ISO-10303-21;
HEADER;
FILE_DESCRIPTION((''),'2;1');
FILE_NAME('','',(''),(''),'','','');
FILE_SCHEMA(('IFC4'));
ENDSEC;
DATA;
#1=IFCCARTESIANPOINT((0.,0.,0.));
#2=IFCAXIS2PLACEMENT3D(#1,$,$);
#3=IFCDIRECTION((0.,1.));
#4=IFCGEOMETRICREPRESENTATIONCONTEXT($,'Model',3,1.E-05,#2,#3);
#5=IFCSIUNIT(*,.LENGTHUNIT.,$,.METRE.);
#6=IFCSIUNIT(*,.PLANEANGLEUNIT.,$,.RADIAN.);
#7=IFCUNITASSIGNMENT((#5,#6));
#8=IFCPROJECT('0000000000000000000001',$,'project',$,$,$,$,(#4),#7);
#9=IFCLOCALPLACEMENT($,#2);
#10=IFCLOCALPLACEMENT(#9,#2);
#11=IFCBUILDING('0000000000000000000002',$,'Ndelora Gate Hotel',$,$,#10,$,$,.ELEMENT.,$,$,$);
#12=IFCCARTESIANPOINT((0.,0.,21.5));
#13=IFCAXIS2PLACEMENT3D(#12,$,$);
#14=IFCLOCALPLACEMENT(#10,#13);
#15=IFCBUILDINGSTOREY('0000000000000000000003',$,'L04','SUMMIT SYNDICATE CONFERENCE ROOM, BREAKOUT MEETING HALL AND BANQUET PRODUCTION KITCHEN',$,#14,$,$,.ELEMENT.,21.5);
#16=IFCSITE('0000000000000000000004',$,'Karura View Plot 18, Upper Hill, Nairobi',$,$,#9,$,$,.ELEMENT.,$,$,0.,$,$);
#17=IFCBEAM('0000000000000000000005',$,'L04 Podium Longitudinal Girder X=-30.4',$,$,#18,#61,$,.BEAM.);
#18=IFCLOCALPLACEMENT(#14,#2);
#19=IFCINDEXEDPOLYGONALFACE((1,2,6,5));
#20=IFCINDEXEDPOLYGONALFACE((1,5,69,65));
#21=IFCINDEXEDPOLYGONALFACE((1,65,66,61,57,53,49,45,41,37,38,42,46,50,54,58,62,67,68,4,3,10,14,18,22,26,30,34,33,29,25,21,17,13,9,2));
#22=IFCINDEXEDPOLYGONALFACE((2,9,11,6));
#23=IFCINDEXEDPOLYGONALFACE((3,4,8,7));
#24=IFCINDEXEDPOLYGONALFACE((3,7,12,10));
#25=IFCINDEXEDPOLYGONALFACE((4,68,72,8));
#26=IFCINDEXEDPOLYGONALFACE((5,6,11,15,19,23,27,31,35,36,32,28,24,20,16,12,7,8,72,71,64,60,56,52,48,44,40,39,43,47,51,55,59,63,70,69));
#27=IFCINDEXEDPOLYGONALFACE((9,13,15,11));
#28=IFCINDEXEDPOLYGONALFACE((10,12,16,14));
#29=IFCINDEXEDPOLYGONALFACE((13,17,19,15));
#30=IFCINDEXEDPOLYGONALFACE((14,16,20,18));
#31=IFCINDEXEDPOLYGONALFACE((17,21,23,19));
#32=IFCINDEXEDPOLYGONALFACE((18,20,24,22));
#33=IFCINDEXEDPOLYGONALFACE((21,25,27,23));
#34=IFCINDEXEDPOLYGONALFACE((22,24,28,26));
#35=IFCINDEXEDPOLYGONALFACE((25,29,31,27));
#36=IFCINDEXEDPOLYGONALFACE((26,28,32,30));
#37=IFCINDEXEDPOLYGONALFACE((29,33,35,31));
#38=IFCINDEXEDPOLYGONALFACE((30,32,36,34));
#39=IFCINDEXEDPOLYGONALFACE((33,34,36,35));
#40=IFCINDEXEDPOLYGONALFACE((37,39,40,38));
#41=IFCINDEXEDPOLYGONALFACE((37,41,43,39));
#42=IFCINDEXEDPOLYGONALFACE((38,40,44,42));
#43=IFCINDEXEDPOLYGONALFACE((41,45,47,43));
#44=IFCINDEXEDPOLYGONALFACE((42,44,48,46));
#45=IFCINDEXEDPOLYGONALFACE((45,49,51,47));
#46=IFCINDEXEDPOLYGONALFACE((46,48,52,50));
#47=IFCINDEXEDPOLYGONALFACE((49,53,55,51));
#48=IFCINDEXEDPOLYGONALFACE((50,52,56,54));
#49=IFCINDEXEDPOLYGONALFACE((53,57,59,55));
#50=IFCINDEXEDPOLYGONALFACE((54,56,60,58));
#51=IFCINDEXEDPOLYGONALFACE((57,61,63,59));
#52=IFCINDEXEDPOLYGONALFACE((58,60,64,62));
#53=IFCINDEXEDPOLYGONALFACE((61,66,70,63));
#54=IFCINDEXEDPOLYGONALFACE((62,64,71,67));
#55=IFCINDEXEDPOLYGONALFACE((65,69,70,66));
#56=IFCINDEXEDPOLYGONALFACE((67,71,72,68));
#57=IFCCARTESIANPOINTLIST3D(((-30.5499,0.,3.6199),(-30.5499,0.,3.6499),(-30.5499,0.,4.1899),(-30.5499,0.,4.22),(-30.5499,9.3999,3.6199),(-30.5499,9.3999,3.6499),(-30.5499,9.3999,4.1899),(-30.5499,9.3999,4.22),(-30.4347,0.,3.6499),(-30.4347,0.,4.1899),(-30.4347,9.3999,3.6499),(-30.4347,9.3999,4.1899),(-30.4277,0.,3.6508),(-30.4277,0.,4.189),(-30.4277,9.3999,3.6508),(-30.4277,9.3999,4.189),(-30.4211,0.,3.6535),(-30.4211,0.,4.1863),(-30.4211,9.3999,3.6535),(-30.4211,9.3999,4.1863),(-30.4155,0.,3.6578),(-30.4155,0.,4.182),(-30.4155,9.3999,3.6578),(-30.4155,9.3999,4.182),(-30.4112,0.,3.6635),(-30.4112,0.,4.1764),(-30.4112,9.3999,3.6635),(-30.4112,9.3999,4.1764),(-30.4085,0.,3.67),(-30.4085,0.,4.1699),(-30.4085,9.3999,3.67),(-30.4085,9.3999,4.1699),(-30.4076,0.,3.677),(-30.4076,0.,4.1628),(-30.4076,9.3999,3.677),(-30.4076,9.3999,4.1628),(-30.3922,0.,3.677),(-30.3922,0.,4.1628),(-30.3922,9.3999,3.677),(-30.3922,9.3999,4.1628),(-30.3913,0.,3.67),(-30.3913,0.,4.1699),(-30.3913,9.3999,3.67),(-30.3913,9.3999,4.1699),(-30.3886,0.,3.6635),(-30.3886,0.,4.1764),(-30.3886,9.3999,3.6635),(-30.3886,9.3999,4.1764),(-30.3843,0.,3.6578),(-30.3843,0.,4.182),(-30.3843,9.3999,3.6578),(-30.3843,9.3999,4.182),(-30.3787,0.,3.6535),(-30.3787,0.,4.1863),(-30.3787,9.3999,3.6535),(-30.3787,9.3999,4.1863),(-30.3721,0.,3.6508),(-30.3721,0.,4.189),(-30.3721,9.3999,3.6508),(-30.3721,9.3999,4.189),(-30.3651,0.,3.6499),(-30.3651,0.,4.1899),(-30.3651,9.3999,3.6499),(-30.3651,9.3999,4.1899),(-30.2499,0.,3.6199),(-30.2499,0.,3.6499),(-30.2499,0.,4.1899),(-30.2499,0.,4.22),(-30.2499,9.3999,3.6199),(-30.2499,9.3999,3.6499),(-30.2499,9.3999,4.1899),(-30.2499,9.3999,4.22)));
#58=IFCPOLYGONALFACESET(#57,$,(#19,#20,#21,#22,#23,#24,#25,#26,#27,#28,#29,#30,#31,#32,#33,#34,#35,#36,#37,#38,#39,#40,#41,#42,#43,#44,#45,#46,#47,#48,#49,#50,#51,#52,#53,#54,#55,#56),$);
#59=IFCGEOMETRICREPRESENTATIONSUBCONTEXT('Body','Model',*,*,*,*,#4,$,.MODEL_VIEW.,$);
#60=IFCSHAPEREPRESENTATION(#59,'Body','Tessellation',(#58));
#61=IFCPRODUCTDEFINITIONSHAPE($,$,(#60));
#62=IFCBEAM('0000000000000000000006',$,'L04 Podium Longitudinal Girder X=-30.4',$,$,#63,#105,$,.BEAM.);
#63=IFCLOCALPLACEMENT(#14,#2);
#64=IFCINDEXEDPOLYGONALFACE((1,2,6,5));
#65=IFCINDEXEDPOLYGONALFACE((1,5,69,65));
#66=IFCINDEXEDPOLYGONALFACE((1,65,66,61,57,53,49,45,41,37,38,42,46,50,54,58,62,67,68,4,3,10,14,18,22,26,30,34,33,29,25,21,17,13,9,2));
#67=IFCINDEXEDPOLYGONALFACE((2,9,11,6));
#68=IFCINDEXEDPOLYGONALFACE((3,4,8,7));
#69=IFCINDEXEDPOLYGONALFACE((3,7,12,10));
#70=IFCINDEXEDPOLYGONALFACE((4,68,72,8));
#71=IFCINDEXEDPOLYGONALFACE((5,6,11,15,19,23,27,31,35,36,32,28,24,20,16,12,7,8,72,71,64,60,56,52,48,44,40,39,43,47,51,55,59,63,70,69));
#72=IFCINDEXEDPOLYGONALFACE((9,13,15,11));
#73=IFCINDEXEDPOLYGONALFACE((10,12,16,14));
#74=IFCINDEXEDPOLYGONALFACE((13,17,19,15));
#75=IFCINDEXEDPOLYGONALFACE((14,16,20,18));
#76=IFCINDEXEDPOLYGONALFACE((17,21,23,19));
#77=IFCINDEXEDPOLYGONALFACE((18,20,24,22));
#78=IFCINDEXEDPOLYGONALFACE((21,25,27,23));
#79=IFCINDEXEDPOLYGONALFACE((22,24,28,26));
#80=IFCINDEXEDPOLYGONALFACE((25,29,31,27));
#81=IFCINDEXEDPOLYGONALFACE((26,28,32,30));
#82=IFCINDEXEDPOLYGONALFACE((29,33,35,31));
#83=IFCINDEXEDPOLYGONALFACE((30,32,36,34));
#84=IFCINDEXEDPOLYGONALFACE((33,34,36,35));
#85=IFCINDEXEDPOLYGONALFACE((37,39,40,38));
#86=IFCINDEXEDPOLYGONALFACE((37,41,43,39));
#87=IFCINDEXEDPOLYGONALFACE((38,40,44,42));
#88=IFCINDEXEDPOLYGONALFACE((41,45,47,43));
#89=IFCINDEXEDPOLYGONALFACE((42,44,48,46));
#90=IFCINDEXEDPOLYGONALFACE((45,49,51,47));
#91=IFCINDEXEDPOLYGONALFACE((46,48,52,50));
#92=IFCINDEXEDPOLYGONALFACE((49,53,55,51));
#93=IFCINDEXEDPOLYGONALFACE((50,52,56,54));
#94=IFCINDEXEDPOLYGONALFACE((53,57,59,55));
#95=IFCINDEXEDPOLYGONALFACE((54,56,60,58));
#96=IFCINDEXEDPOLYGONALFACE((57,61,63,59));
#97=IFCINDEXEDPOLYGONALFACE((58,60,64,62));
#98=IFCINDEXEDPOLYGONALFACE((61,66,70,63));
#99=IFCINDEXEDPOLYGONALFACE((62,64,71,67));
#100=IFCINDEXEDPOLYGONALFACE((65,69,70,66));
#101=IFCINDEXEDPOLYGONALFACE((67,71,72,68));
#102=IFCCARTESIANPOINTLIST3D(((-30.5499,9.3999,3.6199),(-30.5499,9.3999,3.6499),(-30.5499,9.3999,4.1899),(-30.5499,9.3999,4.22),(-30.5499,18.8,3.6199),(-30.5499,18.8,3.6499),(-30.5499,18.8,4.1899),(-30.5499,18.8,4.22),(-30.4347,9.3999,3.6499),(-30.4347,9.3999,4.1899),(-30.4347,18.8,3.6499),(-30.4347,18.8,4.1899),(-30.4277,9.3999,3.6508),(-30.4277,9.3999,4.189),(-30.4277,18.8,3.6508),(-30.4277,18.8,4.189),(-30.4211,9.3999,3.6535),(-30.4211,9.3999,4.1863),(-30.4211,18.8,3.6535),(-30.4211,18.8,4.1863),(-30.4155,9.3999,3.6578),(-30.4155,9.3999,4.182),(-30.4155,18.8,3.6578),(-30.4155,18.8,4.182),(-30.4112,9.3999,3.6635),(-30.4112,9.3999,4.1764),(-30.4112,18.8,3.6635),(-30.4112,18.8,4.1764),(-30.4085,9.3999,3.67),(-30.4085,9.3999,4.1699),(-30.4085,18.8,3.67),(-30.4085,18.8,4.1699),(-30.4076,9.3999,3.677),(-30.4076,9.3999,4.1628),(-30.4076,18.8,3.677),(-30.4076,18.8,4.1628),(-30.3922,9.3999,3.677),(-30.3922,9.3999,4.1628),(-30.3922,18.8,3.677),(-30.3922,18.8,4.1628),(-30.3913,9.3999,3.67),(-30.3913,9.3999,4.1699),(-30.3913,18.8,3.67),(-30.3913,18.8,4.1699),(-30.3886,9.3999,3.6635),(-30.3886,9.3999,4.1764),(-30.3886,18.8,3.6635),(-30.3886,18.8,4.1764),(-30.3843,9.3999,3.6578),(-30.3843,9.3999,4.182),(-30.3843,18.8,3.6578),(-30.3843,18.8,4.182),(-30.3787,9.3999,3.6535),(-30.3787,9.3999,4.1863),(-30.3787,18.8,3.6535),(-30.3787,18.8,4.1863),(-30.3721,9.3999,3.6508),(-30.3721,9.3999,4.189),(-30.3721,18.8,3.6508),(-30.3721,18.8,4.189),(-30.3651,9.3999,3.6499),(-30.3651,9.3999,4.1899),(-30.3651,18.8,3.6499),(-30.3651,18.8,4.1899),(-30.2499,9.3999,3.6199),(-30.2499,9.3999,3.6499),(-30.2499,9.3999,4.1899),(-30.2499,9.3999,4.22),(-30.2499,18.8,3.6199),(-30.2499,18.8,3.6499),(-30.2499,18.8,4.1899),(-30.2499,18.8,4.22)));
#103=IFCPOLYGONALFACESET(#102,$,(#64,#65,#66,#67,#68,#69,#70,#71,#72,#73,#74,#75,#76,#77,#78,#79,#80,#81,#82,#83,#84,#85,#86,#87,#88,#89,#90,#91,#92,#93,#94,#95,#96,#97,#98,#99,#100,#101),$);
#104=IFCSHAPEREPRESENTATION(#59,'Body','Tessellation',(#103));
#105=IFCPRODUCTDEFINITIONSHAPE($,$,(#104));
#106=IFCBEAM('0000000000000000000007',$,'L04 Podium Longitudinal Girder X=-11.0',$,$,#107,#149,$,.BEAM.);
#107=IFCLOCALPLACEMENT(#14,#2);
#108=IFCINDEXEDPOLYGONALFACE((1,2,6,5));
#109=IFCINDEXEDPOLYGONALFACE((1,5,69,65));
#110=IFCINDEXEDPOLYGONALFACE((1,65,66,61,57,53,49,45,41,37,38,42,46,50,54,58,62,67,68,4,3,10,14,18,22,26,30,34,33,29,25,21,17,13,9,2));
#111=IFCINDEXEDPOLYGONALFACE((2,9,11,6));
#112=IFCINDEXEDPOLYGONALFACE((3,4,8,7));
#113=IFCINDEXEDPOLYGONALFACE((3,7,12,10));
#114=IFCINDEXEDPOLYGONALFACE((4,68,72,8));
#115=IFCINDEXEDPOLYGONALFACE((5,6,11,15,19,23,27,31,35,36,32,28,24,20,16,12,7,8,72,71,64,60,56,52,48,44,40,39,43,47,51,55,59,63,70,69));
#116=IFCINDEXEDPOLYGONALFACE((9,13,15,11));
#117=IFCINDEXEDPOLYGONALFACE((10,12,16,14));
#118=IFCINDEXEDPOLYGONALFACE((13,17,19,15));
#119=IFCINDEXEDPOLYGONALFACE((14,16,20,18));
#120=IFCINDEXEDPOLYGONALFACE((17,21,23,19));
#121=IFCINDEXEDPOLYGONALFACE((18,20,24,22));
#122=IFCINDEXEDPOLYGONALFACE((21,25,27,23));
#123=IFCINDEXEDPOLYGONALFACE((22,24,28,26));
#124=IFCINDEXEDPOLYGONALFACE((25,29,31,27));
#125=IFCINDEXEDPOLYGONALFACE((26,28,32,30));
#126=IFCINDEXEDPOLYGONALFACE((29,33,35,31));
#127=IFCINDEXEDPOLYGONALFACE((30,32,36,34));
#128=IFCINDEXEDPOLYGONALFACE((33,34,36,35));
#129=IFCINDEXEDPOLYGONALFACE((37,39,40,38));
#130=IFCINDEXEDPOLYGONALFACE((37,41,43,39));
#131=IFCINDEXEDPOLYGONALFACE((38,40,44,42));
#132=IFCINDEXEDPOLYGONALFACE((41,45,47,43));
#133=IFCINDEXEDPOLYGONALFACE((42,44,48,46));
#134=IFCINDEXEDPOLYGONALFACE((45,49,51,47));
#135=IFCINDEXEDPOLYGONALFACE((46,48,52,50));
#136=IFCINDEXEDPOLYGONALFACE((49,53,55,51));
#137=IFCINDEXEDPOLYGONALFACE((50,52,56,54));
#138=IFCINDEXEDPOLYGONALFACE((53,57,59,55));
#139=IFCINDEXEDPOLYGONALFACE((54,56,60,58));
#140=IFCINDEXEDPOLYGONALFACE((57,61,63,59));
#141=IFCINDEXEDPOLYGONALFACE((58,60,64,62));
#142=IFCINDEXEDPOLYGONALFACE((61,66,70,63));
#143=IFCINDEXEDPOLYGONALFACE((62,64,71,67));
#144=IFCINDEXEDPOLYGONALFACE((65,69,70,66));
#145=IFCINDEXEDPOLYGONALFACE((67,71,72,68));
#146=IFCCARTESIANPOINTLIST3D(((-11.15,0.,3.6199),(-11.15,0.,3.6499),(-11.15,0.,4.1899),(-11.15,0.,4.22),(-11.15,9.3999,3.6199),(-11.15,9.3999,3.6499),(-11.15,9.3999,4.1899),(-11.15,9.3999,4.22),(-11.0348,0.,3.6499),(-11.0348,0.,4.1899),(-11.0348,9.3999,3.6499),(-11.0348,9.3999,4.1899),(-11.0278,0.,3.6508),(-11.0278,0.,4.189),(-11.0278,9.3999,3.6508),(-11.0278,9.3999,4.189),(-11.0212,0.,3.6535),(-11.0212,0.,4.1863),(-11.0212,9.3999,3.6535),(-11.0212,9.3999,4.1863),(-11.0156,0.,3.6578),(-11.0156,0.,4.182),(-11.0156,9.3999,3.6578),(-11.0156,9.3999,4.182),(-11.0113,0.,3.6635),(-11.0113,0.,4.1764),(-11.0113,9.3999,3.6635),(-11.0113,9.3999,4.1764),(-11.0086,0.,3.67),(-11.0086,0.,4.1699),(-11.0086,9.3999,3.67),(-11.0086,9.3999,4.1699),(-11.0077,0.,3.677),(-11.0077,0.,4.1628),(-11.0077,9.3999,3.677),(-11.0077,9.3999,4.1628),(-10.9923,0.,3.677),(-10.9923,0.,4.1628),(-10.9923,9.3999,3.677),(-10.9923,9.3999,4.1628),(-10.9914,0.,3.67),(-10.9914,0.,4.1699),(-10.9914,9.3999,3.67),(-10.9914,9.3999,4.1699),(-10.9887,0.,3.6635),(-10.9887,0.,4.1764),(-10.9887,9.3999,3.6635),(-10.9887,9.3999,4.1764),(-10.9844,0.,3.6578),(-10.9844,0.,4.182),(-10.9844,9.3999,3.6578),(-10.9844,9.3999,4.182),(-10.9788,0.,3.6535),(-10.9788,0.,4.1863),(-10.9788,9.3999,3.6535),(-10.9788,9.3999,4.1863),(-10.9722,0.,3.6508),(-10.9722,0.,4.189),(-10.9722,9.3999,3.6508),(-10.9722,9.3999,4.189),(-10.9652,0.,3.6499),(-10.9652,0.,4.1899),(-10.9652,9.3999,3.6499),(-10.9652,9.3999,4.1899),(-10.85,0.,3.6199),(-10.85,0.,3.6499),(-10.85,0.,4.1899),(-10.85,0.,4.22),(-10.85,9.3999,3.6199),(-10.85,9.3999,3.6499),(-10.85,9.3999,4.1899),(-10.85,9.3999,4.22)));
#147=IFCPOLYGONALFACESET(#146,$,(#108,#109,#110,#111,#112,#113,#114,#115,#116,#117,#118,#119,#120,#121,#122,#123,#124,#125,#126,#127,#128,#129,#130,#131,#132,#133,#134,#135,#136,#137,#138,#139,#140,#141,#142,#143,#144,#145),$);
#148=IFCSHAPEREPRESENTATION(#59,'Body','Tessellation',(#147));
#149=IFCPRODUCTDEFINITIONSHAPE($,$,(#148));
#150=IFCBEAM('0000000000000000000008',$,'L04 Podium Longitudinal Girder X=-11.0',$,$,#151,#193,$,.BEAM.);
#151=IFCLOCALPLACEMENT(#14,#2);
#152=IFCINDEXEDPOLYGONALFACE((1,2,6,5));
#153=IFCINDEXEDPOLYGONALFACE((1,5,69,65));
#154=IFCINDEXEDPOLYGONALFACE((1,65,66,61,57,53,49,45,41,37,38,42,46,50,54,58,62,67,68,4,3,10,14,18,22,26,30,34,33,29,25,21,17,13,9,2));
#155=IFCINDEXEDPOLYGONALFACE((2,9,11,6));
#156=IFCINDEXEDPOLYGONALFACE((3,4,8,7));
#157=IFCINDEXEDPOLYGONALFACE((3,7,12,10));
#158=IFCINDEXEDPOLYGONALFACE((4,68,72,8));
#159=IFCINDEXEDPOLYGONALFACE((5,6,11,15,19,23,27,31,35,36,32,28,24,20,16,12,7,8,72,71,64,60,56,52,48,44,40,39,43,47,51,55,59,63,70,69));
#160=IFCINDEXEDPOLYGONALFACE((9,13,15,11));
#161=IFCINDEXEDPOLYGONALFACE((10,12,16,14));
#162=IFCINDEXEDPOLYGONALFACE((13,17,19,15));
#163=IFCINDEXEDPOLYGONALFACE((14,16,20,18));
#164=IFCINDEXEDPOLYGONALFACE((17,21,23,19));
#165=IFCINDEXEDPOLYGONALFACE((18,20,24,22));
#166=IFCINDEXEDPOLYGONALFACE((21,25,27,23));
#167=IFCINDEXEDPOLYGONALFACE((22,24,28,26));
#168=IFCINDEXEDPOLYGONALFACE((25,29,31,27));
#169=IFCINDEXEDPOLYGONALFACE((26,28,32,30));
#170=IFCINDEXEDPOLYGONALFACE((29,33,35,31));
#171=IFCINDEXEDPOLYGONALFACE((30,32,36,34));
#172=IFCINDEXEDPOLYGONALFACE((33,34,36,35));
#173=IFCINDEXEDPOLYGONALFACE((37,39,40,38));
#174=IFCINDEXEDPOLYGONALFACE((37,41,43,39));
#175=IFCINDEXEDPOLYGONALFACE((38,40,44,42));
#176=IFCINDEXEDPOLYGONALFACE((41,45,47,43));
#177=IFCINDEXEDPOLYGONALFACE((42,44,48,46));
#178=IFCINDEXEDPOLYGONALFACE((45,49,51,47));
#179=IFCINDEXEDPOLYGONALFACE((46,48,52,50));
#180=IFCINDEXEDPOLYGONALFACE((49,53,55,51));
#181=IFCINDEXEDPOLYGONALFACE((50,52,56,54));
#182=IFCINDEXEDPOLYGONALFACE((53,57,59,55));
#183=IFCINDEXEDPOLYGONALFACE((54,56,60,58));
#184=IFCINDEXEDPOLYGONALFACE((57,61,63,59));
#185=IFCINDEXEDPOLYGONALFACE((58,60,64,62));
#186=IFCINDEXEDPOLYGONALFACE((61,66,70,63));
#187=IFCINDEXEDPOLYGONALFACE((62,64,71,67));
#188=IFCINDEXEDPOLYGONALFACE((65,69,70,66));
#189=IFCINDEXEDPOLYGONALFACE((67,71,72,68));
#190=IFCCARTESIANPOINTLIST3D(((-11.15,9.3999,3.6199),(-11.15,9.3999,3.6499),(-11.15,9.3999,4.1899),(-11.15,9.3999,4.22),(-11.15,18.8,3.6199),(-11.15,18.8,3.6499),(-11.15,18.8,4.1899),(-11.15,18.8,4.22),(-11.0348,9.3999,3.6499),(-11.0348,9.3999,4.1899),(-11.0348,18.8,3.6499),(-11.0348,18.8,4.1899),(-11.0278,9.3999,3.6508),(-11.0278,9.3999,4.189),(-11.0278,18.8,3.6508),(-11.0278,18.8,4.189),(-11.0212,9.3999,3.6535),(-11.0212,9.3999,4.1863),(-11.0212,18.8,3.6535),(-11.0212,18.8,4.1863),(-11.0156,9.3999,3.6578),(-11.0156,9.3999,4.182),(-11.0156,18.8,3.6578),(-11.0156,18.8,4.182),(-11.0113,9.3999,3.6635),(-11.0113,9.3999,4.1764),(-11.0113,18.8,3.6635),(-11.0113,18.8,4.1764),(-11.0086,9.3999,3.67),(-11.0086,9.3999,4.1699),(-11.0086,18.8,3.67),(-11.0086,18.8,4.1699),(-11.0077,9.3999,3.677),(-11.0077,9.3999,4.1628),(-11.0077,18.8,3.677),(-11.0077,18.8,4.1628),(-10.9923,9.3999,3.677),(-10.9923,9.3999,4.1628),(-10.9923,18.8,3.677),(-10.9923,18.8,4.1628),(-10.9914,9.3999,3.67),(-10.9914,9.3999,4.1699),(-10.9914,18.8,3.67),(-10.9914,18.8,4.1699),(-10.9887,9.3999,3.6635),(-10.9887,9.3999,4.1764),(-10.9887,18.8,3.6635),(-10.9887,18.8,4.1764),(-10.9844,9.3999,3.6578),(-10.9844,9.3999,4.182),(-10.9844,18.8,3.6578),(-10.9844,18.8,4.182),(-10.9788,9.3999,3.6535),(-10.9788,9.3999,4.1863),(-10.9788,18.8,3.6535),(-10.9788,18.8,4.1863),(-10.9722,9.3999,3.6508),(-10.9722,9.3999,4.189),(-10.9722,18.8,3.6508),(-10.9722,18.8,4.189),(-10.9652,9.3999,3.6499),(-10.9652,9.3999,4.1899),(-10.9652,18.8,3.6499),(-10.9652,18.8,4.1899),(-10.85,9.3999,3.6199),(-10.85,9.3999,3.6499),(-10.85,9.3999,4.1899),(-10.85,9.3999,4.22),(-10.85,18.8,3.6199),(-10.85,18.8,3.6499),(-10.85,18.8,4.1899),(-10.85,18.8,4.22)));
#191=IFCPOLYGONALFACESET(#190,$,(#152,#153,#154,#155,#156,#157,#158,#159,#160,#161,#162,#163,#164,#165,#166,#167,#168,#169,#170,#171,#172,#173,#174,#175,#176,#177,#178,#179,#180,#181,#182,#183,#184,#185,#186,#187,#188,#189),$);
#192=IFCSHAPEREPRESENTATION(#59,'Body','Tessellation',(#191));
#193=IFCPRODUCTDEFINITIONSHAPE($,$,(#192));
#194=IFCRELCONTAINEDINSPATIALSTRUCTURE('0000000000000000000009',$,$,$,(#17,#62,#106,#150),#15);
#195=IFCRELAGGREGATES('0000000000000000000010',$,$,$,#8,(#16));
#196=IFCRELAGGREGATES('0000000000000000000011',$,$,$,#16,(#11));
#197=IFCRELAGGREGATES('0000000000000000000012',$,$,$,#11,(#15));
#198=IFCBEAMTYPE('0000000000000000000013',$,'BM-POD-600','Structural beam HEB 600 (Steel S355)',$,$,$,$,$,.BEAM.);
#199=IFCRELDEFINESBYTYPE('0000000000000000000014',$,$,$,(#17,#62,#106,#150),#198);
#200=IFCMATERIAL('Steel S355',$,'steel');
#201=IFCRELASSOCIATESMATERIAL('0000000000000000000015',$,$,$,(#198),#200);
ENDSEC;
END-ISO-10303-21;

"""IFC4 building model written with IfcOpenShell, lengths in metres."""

from ifc_helpers import new_model, si_unit, direction, frame, origin, origin_2d, place, context, subcontext, project, spatial, i_section, extrude, material, material_profile, profile_set, type_object, element, save


model = new_model("IFC4")

# Units and contexts
model_context = context("Model", 3, precision=1e-05, world=origin(), true_north=direction((0.0, 1.0)))
body_context = subcontext(model_context, "Body", "Model", "MODEL_VIEW")
ifc_project = project(units=[si_unit("LENGTHUNIT", "METRE"), si_unit("PLANEANGLEUNIT", "RADIAN")], contexts=[model_context])

# Site, building, storey
site_placement = place(None, origin())
site = spatial("IfcSite", under=ifc_project, at=site_placement, Name="Karura View Plot 18, Upper Hill, Nairobi", CompositionType="ELEMENT", RefElevation=0.0)
building_placement = place(site_placement, origin())
building = spatial("IfcBuilding", under=site, at=building_placement, Name="Ndelora Gate Hotel", CompositionType="ELEMENT")
storey_placement = place(building_placement, frame((0.0, 0.0, 21.5)))
storey = spatial("IfcBuildingStorey", under=building, at=storey_placement, Name="L04", Description="SUMMIT SYNDICATE CONFERENCE ROOM, BREAKOUT MEETING HALL AND BANQUET PRODUCTION KITCHEN", CompositionType="ELEMENT", Elevation=21.5)

# Beams
ifc_material_1 = material(Name="Steel S355", Category="steel")
ifc_material_profile_1 = material_profile(ifc_material_1, i_section(OverallWidth=0.3, OverallDepth=0.6001, WebThickness=0.0154, FlangeThickness=0.03, FilletRadius=0.0271, at=origin_2d()), Name="HEB 600")
ifc_profile_set_1 = profile_set([ifc_material_profile_1], Name="Steel S355")
beam_type_1 = type_object("IfcBeamType", Name="BM-POD-600", Description="Structural beam HEB 600 (Steel S355)", PredefinedType="BEAM", material=ifc_profile_set_1)
beam_1_placement = place(storey_placement, frame((-30.3999, 0.0, 3.9199), z_axis=(0.0, 1.0, 0.0), x_axis=(-1.0, 0.0, 0.0)))
element("IfcBeam", 1, at=beam_1_placement, inside=storey, type_object=beam_type_1, Name="L04 Podium Longitudinal Girder X=-30.4", PredefinedType="BEAM", context=body_context, shape_type="SweptSolid", body=[
    extrude(i_section(OverallWidth=0.3, OverallDepth=0.6001, WebThickness=0.0154, FlangeThickness=0.03, FilletRadius=0.0271, at=origin_2d()), origin(), (0.0, 0.0, 1.0), 9.3999),
])
beam_2_placement = place(storey_placement, frame((-30.3999, 9.3999, 3.9199), z_axis=(0.0, 1.0, 0.0), x_axis=(-1.0, 0.0, 0.0)))
element("IfcBeam", 2, at=beam_2_placement, inside=storey, type_object=beam_type_1, Name="L04 Podium Longitudinal Girder X=-30.4", PredefinedType="BEAM", context=body_context, shape_type="SweptSolid", body=[
    extrude(i_section(OverallWidth=0.3, OverallDepth=0.6001, WebThickness=0.0154, FlangeThickness=0.03, FilletRadius=0.0271, at=origin_2d()), origin(), (0.0, 0.0, 1.0), 9.4001),
])
beam_3_placement = place(storey_placement, frame((-11.0, 0.0, 3.9199), z_axis=(0.0, 1.0, 0.0), x_axis=(-1.0, 0.0, 0.0)))
element("IfcBeam", 3, at=beam_3_placement, inside=storey, type_object=beam_type_1, Name="L04 Podium Longitudinal Girder X=-11.0", PredefinedType="BEAM", context=body_context, shape_type="SweptSolid", body=[
    extrude(i_section(OverallWidth=0.3, OverallDepth=0.6001, WebThickness=0.0154, FlangeThickness=0.03, FilletRadius=0.0271, at=origin_2d()), origin(), (0.0, 0.0, 1.0), 9.3999),
])
beam_4_placement = place(storey_placement, frame((-11.0, 9.3999, 3.9199), z_axis=(0.0, 1.0, 0.0), x_axis=(-1.0, 0.0, 0.0)))
element("IfcBeam", 4, at=beam_4_placement, inside=storey, type_object=beam_type_1, Name="L04 Podium Longitudinal Girder X=-11.0", PredefinedType="BEAM", context=body_context, shape_type="SweptSolid", body=[
    extrude(i_section(OverallWidth=0.3, OverallDepth=0.6001, WebThickness=0.0154, FlangeThickness=0.03, FilletRadius=0.0271, at=origin_2d()), origin(), (0.0, 0.0, 1.0), 9.4001),
])

save(model, "model.ifc")
